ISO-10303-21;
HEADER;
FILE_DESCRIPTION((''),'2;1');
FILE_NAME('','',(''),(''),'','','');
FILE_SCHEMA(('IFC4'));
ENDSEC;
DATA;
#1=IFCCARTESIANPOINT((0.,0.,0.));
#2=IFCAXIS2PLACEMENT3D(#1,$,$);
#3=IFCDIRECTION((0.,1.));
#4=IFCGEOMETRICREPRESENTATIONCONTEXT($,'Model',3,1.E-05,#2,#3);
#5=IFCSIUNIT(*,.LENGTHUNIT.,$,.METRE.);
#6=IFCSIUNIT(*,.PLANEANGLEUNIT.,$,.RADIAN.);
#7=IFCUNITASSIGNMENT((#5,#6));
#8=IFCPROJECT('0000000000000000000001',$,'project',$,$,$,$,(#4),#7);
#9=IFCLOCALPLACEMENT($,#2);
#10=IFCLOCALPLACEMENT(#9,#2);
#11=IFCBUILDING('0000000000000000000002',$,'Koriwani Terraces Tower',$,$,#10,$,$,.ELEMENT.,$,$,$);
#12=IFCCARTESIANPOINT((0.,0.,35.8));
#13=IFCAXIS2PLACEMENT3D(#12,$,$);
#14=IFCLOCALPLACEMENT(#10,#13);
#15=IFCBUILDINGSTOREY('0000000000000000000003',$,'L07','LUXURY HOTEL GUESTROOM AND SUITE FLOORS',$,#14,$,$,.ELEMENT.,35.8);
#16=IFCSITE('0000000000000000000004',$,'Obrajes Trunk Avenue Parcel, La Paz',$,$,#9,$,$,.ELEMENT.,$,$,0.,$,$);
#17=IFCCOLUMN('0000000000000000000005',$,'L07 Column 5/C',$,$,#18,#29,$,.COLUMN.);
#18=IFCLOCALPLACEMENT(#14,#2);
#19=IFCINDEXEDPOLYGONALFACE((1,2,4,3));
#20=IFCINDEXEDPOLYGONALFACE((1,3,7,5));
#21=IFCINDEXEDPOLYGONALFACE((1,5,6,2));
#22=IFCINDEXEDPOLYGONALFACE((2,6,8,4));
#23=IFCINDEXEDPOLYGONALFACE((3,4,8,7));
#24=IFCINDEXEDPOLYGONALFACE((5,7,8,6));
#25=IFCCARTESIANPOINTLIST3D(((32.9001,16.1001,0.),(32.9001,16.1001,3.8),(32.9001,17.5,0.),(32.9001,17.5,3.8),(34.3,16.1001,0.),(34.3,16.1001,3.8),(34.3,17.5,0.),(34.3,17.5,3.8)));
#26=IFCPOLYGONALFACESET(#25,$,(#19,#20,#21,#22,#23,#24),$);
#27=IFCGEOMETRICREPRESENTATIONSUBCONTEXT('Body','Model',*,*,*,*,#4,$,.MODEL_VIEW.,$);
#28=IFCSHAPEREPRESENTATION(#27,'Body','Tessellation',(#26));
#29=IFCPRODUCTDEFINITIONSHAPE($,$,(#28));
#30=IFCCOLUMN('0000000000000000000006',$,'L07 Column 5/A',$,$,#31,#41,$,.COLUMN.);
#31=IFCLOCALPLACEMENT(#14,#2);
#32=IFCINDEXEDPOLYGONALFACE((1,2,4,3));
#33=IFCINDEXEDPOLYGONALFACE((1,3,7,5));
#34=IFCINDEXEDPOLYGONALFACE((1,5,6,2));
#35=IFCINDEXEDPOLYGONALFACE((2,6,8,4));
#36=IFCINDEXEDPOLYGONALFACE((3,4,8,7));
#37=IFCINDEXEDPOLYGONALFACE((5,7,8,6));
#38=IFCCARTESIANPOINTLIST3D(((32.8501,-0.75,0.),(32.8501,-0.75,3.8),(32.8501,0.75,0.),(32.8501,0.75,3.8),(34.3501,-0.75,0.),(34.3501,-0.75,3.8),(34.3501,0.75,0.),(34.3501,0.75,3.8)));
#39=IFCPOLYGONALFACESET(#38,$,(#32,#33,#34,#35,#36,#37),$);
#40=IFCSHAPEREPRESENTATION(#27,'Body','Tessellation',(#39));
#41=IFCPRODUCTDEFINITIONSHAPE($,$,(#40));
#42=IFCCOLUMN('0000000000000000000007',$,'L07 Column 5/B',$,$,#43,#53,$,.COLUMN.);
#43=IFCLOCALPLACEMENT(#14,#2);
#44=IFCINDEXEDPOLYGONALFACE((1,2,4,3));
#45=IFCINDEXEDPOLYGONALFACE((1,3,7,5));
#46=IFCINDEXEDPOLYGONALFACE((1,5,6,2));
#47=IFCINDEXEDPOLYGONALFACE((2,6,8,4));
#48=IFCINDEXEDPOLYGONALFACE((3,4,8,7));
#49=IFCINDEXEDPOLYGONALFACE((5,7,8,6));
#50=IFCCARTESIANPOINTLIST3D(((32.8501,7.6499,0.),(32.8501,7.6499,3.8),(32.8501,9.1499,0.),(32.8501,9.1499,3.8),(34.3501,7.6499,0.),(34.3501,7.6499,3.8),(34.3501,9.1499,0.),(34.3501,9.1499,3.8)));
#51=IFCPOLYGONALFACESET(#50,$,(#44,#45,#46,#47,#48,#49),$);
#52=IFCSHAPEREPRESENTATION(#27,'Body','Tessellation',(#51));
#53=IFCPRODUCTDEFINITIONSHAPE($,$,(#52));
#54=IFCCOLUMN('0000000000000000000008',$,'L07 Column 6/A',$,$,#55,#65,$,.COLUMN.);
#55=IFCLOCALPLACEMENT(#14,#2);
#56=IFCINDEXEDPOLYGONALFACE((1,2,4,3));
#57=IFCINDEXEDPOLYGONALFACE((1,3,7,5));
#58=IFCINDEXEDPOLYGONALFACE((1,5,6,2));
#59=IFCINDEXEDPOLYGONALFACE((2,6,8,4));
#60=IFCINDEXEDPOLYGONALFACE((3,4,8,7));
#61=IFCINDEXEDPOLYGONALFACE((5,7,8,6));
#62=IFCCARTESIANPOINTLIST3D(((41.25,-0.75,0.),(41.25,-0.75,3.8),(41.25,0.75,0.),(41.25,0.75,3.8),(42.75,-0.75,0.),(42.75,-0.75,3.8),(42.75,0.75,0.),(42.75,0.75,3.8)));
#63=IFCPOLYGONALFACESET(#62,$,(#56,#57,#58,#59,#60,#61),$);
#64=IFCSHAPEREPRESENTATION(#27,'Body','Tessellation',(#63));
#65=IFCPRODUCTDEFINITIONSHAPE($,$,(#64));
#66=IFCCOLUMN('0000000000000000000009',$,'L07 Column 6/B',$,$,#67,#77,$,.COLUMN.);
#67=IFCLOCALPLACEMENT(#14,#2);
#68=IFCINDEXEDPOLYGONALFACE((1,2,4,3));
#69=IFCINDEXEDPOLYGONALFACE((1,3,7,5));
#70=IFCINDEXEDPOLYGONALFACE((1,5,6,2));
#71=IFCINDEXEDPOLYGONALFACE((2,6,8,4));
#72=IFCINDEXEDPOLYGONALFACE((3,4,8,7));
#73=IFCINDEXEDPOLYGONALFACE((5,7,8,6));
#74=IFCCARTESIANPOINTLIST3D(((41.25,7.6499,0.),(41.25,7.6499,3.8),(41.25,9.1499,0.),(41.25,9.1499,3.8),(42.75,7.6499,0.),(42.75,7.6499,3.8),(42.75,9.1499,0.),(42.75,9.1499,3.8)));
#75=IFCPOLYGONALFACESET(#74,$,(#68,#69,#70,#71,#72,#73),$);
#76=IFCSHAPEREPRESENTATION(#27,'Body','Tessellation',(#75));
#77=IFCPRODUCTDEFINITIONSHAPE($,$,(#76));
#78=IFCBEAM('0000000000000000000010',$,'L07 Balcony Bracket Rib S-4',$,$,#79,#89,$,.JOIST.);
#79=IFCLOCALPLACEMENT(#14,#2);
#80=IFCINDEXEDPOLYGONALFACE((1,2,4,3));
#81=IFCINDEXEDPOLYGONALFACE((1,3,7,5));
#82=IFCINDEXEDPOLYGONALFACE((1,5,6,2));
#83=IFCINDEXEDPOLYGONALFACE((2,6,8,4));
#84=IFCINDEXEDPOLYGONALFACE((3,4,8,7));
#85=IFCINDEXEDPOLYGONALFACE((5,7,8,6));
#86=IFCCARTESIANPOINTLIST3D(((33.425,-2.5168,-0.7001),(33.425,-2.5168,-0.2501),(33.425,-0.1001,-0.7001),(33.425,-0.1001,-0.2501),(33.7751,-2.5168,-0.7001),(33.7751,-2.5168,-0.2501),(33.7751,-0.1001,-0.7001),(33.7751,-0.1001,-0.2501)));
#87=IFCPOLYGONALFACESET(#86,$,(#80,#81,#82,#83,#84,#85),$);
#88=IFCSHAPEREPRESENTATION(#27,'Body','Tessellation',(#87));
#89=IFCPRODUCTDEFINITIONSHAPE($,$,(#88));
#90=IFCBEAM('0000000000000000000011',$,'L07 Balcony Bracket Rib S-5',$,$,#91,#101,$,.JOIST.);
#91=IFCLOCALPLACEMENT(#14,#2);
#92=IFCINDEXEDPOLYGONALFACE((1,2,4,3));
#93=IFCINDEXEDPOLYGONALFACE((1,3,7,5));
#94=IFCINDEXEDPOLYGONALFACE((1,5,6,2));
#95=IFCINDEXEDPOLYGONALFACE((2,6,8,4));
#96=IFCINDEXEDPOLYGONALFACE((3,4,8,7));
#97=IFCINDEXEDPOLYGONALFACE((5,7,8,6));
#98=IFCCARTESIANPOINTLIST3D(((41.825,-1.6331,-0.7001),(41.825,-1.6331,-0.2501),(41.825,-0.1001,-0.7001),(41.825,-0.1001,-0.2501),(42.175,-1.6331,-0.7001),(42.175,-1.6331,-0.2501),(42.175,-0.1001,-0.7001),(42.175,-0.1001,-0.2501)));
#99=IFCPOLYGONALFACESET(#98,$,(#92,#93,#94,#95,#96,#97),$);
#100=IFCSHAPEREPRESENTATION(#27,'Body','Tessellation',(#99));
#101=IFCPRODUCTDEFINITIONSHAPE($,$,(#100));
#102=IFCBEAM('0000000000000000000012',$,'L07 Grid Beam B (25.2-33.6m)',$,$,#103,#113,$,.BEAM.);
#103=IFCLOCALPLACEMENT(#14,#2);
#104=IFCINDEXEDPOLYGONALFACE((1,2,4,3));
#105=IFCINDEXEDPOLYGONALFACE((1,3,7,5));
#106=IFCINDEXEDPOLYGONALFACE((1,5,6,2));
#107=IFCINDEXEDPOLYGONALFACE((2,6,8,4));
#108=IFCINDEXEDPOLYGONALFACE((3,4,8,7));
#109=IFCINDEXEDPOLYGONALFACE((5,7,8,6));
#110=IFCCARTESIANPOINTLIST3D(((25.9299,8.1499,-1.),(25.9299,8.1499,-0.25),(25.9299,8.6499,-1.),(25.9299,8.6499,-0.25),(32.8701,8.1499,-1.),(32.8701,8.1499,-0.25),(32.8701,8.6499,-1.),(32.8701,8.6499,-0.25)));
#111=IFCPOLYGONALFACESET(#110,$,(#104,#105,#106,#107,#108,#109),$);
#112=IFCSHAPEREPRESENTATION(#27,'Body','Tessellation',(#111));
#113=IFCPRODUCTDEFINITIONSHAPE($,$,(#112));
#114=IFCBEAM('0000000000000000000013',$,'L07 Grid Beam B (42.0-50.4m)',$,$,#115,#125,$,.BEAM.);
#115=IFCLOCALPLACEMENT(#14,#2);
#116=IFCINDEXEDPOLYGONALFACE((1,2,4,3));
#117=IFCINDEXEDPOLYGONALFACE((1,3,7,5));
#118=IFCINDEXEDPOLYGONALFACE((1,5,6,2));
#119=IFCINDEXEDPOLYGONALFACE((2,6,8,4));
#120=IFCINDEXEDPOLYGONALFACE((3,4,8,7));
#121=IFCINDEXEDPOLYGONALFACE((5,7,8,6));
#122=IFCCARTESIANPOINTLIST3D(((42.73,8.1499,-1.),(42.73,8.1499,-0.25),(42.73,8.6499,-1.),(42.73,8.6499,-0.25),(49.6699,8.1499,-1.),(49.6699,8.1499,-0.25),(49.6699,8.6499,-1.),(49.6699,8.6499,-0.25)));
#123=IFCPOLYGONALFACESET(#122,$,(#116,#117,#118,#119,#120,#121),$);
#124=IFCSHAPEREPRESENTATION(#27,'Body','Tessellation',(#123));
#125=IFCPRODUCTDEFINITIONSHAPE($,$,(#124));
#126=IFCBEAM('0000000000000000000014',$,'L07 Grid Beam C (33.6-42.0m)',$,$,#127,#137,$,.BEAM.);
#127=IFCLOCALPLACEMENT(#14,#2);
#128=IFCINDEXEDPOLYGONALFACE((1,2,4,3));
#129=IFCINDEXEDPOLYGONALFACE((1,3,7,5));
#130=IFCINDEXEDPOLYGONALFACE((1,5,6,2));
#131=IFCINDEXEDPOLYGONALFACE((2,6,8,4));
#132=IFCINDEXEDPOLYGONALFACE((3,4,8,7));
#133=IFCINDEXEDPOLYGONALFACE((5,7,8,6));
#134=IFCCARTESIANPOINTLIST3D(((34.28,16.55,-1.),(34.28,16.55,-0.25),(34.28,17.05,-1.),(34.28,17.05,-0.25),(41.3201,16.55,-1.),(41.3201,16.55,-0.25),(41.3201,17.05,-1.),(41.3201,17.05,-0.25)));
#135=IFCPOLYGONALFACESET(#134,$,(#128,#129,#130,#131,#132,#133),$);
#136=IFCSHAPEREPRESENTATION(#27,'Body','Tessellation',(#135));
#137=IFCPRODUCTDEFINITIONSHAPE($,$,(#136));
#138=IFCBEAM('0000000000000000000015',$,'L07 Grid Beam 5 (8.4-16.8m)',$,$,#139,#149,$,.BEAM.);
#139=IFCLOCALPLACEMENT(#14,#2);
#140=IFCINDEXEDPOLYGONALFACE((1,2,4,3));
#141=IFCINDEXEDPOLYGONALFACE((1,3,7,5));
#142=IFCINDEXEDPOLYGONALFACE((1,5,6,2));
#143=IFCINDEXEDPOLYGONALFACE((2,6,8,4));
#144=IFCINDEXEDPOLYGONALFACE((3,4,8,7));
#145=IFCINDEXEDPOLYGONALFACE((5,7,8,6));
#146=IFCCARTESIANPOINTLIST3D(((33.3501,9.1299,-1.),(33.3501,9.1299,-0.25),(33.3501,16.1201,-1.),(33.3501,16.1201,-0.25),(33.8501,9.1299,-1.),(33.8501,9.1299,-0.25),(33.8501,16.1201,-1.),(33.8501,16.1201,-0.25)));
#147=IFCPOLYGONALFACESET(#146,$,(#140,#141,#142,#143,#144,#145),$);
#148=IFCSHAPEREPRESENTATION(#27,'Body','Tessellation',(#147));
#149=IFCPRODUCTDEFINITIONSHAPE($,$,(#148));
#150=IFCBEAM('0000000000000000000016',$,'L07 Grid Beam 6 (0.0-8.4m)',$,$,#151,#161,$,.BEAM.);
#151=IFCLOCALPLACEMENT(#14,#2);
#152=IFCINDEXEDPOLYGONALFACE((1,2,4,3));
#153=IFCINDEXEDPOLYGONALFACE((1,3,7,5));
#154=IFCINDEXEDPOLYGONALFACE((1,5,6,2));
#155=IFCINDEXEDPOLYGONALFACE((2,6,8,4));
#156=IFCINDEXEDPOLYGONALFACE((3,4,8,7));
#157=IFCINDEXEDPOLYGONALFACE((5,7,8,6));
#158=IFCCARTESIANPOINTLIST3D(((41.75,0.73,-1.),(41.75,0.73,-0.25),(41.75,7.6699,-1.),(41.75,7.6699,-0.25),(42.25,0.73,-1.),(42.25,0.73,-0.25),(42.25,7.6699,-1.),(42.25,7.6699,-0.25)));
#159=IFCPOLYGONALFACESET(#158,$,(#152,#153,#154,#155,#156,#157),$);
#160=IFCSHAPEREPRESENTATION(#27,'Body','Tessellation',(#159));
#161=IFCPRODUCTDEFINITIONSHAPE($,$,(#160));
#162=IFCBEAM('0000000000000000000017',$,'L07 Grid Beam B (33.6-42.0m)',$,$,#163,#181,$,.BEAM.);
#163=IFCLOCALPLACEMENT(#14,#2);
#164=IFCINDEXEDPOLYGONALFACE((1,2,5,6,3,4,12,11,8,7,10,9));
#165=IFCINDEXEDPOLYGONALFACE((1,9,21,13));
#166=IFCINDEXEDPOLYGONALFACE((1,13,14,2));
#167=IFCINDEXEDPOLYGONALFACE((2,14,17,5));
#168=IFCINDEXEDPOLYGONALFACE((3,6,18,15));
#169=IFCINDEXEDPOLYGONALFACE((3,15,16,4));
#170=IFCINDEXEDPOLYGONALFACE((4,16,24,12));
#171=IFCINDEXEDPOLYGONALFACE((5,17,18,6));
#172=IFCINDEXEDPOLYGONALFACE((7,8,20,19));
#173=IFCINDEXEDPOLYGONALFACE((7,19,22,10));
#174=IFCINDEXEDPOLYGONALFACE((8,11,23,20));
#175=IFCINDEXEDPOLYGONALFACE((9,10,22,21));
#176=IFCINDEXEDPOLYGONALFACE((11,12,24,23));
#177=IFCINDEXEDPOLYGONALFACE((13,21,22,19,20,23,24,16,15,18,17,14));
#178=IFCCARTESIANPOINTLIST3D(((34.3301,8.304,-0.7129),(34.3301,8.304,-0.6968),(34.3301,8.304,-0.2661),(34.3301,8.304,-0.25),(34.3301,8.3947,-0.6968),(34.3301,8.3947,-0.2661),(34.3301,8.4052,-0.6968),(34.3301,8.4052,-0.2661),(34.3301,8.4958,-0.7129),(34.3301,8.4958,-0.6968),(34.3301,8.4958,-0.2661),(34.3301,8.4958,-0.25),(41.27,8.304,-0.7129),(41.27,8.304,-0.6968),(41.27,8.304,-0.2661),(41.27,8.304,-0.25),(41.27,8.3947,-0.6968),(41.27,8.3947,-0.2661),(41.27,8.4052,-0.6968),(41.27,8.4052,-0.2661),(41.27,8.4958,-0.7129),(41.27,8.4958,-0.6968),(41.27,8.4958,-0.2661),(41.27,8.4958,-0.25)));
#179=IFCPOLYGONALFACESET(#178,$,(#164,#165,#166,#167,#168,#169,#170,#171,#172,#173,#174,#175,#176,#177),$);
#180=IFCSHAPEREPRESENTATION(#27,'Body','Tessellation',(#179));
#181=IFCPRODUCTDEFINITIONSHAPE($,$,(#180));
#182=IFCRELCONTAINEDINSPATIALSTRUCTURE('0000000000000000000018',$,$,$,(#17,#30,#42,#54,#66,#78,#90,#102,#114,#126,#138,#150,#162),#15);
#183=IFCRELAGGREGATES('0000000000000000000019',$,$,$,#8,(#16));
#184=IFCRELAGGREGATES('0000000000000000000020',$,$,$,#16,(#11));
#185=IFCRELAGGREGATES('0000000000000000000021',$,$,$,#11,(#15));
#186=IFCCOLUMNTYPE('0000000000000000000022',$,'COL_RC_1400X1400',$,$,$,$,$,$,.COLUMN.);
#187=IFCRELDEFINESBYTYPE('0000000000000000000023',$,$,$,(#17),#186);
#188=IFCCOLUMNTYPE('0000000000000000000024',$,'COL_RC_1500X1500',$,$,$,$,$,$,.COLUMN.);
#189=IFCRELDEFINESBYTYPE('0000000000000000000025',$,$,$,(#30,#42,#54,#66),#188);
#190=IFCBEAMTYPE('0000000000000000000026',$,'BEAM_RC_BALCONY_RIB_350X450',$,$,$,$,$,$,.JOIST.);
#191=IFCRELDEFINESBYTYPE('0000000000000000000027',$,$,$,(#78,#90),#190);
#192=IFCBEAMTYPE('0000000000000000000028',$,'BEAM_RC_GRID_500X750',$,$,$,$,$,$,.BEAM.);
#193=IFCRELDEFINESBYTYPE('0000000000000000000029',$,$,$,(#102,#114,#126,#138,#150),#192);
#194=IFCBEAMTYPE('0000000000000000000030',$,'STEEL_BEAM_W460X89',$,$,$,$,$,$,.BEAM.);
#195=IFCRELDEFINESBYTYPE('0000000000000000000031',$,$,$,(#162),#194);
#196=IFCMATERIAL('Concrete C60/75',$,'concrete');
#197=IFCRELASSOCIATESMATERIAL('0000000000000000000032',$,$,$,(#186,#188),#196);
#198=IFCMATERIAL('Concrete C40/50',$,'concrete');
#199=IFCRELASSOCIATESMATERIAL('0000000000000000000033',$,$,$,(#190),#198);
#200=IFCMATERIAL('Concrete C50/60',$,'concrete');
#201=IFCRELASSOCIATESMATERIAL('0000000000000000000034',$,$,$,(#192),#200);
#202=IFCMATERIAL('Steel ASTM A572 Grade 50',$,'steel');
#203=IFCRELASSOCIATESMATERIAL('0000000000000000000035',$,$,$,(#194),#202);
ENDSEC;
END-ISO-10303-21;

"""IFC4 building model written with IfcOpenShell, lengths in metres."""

from ifc_helpers import new_model, si_unit, direction, frame, origin, origin_2d, place, context, subcontext, project, spatial, rectangle, i_section, extrude, material, material_profile, profile_set, type_object, element, save


model = new_model("IFC4")

# Units and contexts
model_context = context("Model", 3, precision=1e-05, world=origin(), true_north=direction((0.0, 1.0)))
body_context = subcontext(model_context, "Body", "Model", "MODEL_VIEW")
ifc_project = project(units=[si_unit("LENGTHUNIT", "METRE"), si_unit("PLANEANGLEUNIT", "RADIAN")], contexts=[model_context])

# Site, building, storey
site_placement = place(None, origin())
site = spatial("IfcSite", under=ifc_project, at=site_placement, Name="Obrajes Trunk Avenue Parcel, La Paz", CompositionType="ELEMENT", RefElevation=0.0)
building_placement = place(site_placement, origin())
building = spatial("IfcBuilding", under=site, at=building_placement, Name="Koriwani Terraces Tower", CompositionType="ELEMENT")
storey_placement = place(building_placement, frame((0.0, 0.0, 35.8)))
storey = spatial("IfcBuildingStorey", under=building, at=storey_placement, Name="L07", Description="LUXURY HOTEL GUESTROOM AND SUITE FLOORS", CompositionType="ELEMENT", Elevation=35.8)

# Columns
ifc_material_1 = material(Name="Concrete C60/75", Category="concrete")
ifc_material_profile_1 = material_profile(ifc_material_1, rectangle(XDim=1.3999, YDim=1.3999, at=origin_2d()), Name="Concrete C60/75", Category="LoadBearing")
ifc_profile_set_1 = profile_set([ifc_material_profile_1], Name="Concrete C60/75")
column_type_1 = type_object("IfcColumnType", Name="COL_RC_1400X1400", PredefinedType="COLUMN", material=ifc_profile_set_1)
column_placement = place(storey_placement, frame((33.6001, 16.8, 0.0), z_axis=(0.0, 0.0, 1.0), x_axis=(1.0, 0.0, 0.0)))
element("IfcColumn", 1, at=column_placement, inside=storey, type_object=column_type_1, Name="L07 Column 5/C", PredefinedType="COLUMN", context=body_context, shape_type="SweptSolid", body=[
    extrude(rectangle(XDim=1.3999, YDim=1.3999, at=origin_2d()), origin(), (0.0, 0.0, 1.0), 3.8),
])
ifc_material_profile_2 = material_profile(ifc_material_1, rectangle(XDim=1.5, YDim=1.5, at=origin_2d()), Name="Concrete C60/75", Category="LoadBearing")
ifc_profile_set_2 = profile_set([ifc_material_profile_2], Name="Concrete C60/75")
column_type_2 = type_object("IfcColumnType", Name="COL_RC_1500X1500", PredefinedType="COLUMN", material=ifc_profile_set_2)
for number, where, z_axis, x_axis, name in (
    (2, (33.6001, 0.0, 0.0), (0.0, 0.0, 1.0), (1.0, 0.0, 0.0), "L07 Column 5/A"),
    (3, (33.6001, 8.3999, 0.0), (0.0, 0.0, 1.0), (1.0, 0.0, 0.0), "L07 Column 5/B"),
    (4, (42.0, 0.0, 0.0), (0.0, 0.0, 1.0), (1.0, 0.0, 0.0), "L07 Column 6/A"),
    (5, (42.0, 8.3999, 0.0), (0.0, 0.0, 1.0), (1.0, 0.0, 0.0), "L07 Column 6/B"),
):
    element("IfcColumn", number, at=place(storey_placement, frame(where, z_axis=z_axis, x_axis=x_axis)), inside=storey, type_object=column_type_2, Name=name, PredefinedType="COLUMN", context=body_context, shape_type="SweptSolid", body=[
        extrude(rectangle(XDim=1.5, YDim=1.5, at=origin_2d()), origin(), (0.0, 0.0, 1.0), 3.8),
    ])

# Beams
ifc_material_2 = material(Name="Concrete C40/50", Category="concrete")
ifc_material_profile_3 = material_profile(ifc_material_2, rectangle(XDim=0.3501, YDim=0.45, at=origin_2d()), Name="Concrete C40/50", Category="LoadBearing")
ifc_profile_set_3 = profile_set([ifc_material_profile_3], Name="Concrete C40/50")
beam_type_1 = type_object("IfcBeamType", Name="BEAM_RC_BALCONY_RIB_350X450", PredefinedType="JOIST", material=ifc_profile_set_3)
beam_1_placement = place(storey_placement, frame((33.6001, -2.5168, -0.4751), z_axis=(0.0, 1.0, 0.0), x_axis=(-1.0, 0.0, 0.0)))
element("IfcBeam", 6, at=beam_1_placement, inside=storey, type_object=beam_type_1, Name="L07 Balcony Bracket Rib S-4", PredefinedType="JOIST", context=body_context, shape_type="SweptSolid", body=[
    extrude(rectangle(XDim=0.3501, YDim=0.45, at=origin_2d()), origin(), (0.0, 0.0, 1.0), 2.4167),
])
beam_2_placement = place(storey_placement, frame((42.0, -1.6331, -0.4751), z_axis=(0.0, 1.0, 0.0), x_axis=(-1.0, 0.0, 0.0)))
element("IfcBeam", 7, at=beam_2_placement, inside=storey, type_object=beam_type_1, Name="L07 Balcony Bracket Rib S-5", PredefinedType="JOIST", context=body_context, shape_type="SweptSolid", body=[
    extrude(rectangle(XDim=0.3501, YDim=0.45, at=origin_2d()), origin(), (0.0, 0.0, 1.0), 1.533),
])
ifc_material_3 = material(Name="Concrete C50/60", Category="concrete")
ifc_material_profile_4 = material_profile(ifc_material_3, rectangle(XDim=0.5, YDim=0.75, at=origin_2d()), Name="Concrete C50/60", Category="LoadBearing")
ifc_profile_set_4 = profile_set([ifc_material_profile_4], Name="Concrete C50/60")
beam_type_2 = type_object("IfcBeamType", Name="BEAM_RC_GRID_500X750", PredefinedType="BEAM", material=ifc_profile_set_4)
beam_3_placement = place(storey_placement, frame((25.9299, 8.3999, -0.625), z_axis=(1.0, 0.0, 0.0), x_axis=(0.0, 1.0, 0.0)))
element("IfcBeam", 8, at=beam_3_placement, inside=storey, type_object=beam_type_2, Name="L07 Grid Beam B (25.2-33.6m)", PredefinedType="BEAM", context=body_context, shape_type="SweptSolid", body=[
    extrude(rectangle(XDim=0.5, YDim=0.75, at=origin_2d()), origin(), (0.0, 0.0, 1.0), 6.9402),
])
beam_4_placement = place(storey_placement, frame((42.73, 8.3999, -0.625), z_axis=(1.0, 0.0, 0.0), x_axis=(0.0, 1.0, 0.0)))
element("IfcBeam", 9, at=beam_4_placement, inside=storey, type_object=beam_type_2, Name="L07 Grid Beam B (42.0-50.4m)", PredefinedType="BEAM", context=body_context, shape_type="SweptSolid", body=[
    extrude(rectangle(XDim=0.5, YDim=0.75, at=origin_2d()), origin(), (0.0, 0.0, 1.0), 6.9399),
])
beam_5_placement = place(storey_placement, frame((34.28, 16.8, -0.625), z_axis=(1.0, 0.0, 0.0), x_axis=(0.0, 1.0, 0.0)))
element("IfcBeam", 10, at=beam_5_placement, inside=storey, type_object=beam_type_2, Name="L07 Grid Beam C (33.6-42.0m)", PredefinedType="BEAM", context=body_context, shape_type="SweptSolid", body=[
    extrude(rectangle(XDim=0.5, YDim=0.75, at=origin_2d()), origin(), (0.0, 0.0, 1.0), 7.04),
])
beam_6_placement = place(storey_placement, frame((33.6001, 9.1299, -0.625), z_axis=(0.0, 1.0, 0.0), x_axis=(-1.0, 0.0, 0.0)))
element("IfcBeam", 11, at=beam_6_placement, inside=storey, type_object=beam_type_2, Name="L07 Grid Beam 5 (8.4-16.8m)", PredefinedType="BEAM", context=body_context, shape_type="SweptSolid", body=[
    extrude(rectangle(XDim=0.5, YDim=0.75, at=origin_2d()), origin(), (0.0, 0.0, 1.0), 6.9902),
])
beam_7_placement = place(storey_placement, frame((42.0, 0.73, -0.625), z_axis=(0.0, 1.0, 0.0), x_axis=(-1.0, 0.0, 0.0)))
element("IfcBeam", 12, at=beam_7_placement, inside=storey, type_object=beam_type_2, Name="L07 Grid Beam 6 (0.0-8.4m)", PredefinedType="BEAM", context=body_context, shape_type="SweptSolid", body=[
    extrude(rectangle(XDim=0.5, YDim=0.75, at=origin_2d()), origin(), (0.0, 0.0, 1.0), 6.9399),
])
ifc_material_4 = material(Name="Steel ASTM A572 Grade 50", Category="steel")
ifc_material_profile_5 = material_profile(ifc_material_4, i_section(OverallWidth=0.1919, OverallDepth=0.4629, WebThickness=0.0105, FlangeThickness=0.0161, at=origin_2d()), Name="Steel ASTM A572 Grade 50", Category="LoadBearing")
ifc_profile_set_5 = profile_set([ifc_material_profile_5], Name="Steel ASTM A572 Grade 50")
beam_type_3 = type_object("IfcBeamType", Name="STEEL_BEAM_W460X89", PredefinedType="BEAM", material=ifc_profile_set_5)
beam_8_placement = place(storey_placement, frame((34.3301, 8.3999, -0.4814), z_axis=(1.0, 0.0, 0.0), x_axis=(0.0, 1.0, 0.0)))
element("IfcBeam", 13, at=beam_8_placement, inside=storey, type_object=beam_type_3, Name="L07 Grid Beam B (33.6-42.0m)", PredefinedType="BEAM", context=body_context, shape_type="SweptSolid", body=[
    extrude(i_section(OverallWidth=0.1919, OverallDepth=0.4629, WebThickness=0.0105, FlangeThickness=0.0161, at=origin_2d()), origin(), (0.0, 0.0, 1.0), 6.9399),
])

save(model, "model.ifc")
